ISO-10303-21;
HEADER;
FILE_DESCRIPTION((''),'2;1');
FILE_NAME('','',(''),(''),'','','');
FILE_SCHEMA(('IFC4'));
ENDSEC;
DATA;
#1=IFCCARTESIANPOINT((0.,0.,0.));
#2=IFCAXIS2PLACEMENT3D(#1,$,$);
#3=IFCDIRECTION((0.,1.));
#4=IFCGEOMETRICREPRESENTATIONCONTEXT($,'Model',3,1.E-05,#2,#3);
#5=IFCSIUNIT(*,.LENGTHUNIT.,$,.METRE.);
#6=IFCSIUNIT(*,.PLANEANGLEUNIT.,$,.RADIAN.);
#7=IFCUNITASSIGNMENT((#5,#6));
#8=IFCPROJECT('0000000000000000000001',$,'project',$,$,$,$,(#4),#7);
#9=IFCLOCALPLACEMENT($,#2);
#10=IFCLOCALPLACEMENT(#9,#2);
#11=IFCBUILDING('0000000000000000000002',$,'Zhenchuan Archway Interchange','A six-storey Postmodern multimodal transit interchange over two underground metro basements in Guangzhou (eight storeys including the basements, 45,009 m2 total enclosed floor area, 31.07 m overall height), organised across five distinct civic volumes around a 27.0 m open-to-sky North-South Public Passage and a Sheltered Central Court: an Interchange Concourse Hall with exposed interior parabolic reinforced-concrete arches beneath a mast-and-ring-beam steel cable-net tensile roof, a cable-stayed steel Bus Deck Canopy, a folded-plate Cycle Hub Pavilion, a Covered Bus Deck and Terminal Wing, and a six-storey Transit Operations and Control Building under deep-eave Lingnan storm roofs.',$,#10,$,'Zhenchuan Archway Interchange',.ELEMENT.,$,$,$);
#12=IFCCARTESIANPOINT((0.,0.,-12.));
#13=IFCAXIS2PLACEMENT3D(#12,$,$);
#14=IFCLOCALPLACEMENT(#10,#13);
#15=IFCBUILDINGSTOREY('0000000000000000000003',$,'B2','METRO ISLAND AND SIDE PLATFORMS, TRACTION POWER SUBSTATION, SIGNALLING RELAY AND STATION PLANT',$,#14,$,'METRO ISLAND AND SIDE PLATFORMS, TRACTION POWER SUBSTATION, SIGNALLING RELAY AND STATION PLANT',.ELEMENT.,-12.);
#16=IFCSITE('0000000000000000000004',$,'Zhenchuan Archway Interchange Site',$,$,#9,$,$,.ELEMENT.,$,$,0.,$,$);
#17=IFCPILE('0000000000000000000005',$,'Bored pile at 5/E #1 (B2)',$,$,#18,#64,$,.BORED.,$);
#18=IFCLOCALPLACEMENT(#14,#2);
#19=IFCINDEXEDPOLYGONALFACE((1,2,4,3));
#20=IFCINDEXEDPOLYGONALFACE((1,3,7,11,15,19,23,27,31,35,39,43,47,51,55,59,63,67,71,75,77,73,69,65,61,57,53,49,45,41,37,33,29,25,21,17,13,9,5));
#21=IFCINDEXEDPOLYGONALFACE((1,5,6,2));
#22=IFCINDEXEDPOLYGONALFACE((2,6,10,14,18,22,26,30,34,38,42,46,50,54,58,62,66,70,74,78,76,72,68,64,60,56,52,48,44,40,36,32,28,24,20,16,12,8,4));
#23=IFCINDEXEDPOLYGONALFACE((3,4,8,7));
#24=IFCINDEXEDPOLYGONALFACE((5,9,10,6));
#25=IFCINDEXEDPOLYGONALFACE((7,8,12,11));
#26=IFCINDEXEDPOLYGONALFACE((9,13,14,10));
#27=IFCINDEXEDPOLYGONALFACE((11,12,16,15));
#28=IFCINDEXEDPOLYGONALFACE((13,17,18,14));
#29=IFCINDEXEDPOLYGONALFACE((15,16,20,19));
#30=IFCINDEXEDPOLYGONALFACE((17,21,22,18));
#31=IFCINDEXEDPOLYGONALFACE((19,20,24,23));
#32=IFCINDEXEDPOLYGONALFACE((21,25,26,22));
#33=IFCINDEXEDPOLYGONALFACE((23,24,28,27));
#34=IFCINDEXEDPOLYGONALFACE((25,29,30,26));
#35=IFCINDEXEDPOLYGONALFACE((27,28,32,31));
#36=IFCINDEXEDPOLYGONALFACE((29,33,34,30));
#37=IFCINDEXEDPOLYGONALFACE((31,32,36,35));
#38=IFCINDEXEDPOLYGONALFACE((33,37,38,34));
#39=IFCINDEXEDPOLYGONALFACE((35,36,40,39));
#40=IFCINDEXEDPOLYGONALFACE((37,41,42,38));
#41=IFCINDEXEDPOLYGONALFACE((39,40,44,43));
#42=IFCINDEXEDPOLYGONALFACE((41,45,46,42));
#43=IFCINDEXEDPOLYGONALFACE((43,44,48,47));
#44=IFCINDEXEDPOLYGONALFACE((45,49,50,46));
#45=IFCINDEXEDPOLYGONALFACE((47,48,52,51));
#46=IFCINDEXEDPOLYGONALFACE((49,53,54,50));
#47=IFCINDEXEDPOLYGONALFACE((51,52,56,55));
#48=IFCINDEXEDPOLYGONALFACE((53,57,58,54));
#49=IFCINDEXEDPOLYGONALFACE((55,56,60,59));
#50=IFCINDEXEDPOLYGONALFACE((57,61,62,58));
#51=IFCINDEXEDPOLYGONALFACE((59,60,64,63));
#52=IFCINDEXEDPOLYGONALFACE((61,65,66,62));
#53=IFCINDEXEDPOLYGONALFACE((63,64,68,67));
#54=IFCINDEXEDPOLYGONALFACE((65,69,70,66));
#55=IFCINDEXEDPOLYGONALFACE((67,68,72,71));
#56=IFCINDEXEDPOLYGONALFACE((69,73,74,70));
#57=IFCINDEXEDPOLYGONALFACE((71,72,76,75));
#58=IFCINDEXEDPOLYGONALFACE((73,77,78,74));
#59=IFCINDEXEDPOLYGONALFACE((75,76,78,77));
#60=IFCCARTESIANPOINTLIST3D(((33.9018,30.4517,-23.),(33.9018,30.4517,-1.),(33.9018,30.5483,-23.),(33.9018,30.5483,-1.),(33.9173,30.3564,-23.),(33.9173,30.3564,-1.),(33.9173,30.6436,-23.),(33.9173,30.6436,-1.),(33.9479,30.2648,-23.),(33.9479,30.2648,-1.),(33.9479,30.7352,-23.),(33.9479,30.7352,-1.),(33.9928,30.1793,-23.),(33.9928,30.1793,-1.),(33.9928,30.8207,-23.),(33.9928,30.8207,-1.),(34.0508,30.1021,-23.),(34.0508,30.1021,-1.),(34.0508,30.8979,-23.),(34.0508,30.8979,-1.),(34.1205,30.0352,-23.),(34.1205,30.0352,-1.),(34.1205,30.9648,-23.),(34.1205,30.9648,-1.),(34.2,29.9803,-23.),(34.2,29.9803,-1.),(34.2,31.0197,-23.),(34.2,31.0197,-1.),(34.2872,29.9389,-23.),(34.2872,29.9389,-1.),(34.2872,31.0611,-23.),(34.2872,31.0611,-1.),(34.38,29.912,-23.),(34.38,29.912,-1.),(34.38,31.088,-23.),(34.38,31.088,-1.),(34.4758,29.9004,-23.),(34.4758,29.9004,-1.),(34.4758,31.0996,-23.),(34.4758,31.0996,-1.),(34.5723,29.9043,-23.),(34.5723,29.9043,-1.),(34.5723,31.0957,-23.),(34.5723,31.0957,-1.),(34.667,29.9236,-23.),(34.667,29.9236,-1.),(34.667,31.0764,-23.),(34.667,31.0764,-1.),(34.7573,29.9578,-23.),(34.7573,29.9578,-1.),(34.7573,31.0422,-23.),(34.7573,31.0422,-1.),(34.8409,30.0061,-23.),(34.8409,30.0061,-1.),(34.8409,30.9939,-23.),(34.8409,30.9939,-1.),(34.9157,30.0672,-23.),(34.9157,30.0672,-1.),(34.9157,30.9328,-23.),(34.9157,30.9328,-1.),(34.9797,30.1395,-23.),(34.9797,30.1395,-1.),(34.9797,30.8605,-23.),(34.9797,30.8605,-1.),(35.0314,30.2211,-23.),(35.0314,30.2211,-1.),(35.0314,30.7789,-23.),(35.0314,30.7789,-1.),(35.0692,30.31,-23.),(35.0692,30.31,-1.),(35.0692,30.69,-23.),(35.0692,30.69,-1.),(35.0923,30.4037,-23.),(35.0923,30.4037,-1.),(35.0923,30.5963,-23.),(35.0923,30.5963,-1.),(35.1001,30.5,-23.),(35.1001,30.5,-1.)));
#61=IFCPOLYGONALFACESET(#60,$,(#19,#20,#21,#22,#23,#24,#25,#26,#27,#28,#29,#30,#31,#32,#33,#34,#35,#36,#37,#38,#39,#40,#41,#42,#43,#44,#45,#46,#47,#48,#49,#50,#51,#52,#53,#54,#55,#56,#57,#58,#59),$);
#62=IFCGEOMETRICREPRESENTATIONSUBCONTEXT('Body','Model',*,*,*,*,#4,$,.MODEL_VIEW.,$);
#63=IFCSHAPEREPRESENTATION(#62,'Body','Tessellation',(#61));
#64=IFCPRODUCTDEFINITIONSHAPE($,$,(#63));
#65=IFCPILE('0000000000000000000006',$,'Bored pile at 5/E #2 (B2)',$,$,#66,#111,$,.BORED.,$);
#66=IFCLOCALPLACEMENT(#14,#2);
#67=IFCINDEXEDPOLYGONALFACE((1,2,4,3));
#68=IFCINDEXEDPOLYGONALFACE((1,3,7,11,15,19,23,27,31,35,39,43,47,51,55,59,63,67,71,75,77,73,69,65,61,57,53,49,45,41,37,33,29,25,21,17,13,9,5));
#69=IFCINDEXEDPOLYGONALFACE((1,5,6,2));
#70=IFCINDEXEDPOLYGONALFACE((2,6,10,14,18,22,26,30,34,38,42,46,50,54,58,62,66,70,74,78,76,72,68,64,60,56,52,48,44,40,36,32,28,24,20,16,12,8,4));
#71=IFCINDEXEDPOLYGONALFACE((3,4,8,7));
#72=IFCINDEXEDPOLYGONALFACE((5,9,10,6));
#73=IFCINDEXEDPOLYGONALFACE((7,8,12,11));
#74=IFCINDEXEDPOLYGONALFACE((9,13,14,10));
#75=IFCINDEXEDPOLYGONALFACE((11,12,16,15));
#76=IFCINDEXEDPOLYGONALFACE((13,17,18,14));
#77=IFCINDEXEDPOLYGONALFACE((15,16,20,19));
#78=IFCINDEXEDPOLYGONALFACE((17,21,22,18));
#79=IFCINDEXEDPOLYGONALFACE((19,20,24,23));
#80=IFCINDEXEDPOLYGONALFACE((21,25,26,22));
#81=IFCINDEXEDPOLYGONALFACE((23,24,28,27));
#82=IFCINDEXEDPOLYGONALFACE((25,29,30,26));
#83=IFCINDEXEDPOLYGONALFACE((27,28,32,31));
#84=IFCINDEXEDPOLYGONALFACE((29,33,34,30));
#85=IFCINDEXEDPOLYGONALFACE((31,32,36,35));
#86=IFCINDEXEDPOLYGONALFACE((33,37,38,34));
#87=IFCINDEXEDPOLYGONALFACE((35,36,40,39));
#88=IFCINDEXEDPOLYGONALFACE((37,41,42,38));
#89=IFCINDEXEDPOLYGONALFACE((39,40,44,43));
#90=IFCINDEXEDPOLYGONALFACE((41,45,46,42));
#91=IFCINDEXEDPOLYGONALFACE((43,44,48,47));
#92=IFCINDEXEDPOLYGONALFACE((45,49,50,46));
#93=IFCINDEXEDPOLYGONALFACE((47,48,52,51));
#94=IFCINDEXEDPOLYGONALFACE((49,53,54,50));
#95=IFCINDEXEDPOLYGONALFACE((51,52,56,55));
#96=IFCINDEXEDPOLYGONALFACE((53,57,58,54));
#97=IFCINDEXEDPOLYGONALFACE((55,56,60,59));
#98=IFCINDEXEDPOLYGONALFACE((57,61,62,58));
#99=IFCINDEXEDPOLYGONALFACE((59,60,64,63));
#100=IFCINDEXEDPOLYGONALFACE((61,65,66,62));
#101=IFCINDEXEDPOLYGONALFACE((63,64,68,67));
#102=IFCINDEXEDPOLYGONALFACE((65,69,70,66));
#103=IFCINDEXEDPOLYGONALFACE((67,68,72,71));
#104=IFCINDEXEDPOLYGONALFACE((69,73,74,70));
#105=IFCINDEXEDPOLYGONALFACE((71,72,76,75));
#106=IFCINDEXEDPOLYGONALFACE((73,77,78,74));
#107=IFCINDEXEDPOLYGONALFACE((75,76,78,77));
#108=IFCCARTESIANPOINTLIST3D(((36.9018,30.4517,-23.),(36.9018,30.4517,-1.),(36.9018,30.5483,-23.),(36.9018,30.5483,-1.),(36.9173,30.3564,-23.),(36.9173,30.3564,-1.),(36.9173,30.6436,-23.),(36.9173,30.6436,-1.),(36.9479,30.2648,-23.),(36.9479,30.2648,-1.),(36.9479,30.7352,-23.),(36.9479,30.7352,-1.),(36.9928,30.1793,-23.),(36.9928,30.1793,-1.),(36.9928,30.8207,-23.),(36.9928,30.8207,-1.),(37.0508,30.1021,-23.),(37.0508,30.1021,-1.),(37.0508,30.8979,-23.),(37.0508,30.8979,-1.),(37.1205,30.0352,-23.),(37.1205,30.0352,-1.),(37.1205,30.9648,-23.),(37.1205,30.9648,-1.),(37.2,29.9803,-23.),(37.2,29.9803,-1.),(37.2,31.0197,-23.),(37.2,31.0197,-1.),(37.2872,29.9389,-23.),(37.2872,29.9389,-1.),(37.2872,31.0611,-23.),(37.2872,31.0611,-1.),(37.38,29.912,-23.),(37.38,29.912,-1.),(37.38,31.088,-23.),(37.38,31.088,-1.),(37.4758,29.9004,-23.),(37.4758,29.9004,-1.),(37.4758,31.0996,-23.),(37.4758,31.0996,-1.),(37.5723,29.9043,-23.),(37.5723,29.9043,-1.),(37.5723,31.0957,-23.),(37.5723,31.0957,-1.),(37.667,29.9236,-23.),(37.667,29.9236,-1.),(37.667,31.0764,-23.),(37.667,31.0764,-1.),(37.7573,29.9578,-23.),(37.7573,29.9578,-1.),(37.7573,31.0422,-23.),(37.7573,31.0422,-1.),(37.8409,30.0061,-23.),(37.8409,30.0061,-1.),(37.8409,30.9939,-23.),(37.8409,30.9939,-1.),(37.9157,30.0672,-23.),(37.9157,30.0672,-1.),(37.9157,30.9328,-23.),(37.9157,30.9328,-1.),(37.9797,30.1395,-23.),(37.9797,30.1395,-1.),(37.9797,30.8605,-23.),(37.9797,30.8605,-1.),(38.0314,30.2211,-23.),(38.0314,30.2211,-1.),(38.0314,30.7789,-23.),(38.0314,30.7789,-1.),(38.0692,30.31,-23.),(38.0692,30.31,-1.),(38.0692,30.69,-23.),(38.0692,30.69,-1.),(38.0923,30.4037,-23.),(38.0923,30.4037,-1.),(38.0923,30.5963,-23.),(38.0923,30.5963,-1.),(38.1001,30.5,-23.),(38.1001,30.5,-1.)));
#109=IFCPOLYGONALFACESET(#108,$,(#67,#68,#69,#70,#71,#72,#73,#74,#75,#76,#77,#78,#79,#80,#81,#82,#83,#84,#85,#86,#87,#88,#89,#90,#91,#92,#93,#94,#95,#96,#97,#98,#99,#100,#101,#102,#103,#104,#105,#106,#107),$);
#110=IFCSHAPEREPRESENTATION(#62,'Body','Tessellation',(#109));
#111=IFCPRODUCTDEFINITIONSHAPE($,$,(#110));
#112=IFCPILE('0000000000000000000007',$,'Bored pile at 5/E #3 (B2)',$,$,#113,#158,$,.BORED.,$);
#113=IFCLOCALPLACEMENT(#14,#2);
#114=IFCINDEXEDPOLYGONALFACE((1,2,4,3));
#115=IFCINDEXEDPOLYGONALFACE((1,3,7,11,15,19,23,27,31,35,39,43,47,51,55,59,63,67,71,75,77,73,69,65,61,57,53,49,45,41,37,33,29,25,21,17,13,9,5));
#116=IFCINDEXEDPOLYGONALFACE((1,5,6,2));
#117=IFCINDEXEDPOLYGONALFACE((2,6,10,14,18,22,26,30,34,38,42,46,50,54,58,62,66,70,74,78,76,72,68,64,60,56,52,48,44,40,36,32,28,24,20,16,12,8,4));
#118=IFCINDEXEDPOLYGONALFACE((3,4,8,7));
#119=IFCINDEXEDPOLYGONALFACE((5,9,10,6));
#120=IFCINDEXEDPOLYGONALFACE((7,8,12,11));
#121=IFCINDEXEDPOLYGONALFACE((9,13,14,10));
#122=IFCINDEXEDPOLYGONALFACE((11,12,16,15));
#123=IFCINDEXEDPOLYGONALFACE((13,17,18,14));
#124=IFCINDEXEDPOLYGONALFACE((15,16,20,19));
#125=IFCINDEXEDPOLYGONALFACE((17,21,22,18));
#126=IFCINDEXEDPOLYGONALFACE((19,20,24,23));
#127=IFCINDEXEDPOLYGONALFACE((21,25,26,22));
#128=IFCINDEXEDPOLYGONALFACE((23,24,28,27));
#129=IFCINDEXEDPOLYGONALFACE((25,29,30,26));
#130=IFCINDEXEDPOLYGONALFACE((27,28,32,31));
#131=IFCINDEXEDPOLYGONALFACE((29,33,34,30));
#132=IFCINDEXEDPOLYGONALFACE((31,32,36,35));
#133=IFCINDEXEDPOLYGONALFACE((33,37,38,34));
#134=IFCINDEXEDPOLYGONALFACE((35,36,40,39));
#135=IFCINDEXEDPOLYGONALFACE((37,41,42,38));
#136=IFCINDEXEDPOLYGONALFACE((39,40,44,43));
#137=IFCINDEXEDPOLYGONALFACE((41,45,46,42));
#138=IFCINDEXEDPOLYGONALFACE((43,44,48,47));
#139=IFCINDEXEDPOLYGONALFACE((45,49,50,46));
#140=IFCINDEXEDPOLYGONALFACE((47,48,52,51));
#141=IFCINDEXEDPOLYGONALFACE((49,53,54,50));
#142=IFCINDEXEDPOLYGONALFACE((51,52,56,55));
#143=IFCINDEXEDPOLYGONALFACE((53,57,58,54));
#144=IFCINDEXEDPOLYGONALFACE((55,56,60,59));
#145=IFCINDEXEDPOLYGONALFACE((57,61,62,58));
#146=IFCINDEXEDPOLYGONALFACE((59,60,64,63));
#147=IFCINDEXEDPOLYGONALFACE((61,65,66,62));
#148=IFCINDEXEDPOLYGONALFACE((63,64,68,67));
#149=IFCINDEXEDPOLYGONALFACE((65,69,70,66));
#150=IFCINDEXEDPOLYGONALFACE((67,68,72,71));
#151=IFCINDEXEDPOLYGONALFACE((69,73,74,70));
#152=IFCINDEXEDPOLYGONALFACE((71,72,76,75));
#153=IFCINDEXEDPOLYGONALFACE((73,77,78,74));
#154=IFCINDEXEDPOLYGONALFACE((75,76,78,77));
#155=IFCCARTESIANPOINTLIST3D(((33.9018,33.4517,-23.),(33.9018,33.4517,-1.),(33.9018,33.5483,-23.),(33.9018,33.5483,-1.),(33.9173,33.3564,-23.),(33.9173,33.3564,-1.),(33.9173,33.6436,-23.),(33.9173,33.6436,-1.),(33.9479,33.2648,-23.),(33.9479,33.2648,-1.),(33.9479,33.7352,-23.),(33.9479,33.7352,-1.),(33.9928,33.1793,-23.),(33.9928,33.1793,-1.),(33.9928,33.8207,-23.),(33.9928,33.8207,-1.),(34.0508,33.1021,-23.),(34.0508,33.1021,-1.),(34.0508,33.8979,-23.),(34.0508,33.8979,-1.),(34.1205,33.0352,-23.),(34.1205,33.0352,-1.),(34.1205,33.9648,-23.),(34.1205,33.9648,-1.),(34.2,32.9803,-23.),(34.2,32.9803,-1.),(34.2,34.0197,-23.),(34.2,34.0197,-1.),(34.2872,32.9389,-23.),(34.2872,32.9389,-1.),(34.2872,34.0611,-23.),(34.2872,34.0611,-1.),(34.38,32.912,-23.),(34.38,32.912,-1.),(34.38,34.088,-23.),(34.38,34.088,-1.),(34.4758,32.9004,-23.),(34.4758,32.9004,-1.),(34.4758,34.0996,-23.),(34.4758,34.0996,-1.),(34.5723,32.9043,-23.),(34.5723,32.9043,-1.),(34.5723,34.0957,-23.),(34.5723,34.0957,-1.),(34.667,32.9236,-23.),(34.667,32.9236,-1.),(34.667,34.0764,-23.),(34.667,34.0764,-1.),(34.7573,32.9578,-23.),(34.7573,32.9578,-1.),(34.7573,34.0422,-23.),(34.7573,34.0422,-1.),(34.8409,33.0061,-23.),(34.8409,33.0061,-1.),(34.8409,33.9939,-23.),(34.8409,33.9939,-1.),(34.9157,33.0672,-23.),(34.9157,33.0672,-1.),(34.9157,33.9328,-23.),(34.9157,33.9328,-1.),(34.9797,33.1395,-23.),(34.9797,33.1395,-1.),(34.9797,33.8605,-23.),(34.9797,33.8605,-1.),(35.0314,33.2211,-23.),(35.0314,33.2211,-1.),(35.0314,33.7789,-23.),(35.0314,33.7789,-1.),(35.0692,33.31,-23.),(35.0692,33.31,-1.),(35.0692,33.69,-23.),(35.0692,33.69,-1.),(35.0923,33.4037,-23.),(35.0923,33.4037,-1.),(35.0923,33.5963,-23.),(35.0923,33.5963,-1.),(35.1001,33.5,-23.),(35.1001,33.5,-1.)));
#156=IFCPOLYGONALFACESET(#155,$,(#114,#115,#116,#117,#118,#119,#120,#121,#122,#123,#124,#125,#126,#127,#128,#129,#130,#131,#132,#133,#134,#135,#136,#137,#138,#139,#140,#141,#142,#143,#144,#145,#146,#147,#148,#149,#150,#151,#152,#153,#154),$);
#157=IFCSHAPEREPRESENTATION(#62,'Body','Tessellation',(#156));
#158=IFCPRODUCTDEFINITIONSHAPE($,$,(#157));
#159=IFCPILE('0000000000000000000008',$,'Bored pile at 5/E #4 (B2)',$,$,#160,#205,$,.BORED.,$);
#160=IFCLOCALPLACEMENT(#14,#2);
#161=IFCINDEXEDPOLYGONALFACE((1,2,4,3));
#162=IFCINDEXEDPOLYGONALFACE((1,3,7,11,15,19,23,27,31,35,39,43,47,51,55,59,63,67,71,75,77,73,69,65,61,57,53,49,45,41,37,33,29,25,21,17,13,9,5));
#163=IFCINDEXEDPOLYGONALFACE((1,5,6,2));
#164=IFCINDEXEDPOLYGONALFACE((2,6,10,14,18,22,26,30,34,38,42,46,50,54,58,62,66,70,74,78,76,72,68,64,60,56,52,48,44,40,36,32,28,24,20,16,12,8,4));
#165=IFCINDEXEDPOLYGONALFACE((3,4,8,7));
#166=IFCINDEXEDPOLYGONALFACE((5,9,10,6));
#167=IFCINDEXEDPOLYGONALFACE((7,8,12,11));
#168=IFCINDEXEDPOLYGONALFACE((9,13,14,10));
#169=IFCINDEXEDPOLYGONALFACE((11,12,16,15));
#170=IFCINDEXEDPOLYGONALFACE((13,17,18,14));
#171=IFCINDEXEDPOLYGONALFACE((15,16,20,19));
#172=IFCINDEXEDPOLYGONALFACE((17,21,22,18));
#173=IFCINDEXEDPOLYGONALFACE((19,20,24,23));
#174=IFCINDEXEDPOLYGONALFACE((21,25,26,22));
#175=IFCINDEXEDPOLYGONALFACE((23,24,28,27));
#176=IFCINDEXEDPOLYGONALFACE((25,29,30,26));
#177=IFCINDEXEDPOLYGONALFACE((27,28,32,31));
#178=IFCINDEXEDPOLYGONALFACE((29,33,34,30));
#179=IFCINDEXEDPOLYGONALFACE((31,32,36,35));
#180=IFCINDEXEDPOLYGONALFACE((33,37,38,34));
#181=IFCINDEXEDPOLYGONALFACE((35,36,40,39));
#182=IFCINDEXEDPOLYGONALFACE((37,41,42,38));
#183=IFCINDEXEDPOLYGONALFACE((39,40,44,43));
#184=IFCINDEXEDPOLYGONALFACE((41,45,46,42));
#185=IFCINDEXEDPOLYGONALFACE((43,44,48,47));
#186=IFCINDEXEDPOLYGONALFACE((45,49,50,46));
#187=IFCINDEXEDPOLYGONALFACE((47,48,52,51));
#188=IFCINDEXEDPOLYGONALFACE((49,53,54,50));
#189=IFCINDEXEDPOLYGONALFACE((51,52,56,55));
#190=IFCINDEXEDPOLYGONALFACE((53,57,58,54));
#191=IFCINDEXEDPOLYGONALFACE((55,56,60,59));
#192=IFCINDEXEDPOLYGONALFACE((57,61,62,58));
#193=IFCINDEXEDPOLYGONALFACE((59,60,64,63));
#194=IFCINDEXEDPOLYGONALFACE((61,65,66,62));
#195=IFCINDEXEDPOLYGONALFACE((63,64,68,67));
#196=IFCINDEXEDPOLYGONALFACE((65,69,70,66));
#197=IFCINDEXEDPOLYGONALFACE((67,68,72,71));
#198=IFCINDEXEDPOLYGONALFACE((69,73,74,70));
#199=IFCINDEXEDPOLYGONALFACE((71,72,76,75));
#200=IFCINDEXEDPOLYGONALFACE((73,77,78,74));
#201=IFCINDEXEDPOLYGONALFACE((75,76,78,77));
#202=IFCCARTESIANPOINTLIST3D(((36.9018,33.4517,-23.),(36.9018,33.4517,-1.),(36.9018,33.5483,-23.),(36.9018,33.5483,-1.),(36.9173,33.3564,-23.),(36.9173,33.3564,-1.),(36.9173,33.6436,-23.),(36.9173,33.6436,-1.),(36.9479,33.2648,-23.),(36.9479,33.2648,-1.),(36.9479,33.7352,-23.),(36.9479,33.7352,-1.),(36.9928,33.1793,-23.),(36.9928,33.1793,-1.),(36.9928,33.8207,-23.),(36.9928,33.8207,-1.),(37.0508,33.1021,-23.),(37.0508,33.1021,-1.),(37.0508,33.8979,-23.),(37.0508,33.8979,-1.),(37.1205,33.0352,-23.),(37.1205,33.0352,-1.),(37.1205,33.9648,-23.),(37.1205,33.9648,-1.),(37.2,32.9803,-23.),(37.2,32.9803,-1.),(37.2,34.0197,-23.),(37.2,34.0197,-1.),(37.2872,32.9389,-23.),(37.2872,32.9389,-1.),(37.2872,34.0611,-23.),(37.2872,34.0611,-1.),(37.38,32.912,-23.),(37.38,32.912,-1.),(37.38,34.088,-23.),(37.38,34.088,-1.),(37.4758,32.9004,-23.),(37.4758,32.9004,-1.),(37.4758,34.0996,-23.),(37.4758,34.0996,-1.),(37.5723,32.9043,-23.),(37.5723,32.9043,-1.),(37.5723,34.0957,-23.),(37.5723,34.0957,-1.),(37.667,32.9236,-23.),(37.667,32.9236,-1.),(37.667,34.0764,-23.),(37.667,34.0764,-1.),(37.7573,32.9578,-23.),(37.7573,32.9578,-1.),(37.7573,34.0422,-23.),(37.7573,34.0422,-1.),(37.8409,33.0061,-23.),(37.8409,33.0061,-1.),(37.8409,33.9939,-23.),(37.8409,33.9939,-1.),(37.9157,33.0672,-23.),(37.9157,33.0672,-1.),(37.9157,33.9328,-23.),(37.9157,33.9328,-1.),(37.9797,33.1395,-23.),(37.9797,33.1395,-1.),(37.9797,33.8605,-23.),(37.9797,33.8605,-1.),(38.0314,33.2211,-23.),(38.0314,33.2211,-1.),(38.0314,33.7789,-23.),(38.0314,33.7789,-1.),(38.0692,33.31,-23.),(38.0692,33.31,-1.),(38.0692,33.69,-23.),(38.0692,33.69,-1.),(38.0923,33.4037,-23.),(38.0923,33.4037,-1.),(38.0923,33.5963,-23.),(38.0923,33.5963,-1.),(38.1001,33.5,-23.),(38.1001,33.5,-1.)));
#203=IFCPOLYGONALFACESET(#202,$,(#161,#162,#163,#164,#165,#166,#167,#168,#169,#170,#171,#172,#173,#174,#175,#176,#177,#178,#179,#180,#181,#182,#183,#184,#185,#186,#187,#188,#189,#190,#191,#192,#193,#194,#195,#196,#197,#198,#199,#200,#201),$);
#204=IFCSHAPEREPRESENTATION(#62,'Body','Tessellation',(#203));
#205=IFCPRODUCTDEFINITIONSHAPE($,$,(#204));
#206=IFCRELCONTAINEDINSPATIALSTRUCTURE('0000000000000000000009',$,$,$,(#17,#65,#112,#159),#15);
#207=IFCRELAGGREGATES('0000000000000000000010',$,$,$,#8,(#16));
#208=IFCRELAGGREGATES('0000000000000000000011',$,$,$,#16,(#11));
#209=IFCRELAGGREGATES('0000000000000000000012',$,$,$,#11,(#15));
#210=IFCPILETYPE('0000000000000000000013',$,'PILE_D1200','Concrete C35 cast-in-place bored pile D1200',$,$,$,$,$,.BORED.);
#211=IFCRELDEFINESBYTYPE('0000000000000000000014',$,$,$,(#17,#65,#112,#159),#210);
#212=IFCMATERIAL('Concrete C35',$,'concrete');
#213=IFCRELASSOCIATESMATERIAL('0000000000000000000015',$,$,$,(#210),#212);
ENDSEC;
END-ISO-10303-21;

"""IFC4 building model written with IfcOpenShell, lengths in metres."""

from ifc_helpers import new_model, si_unit, direction, frame, origin, origin_2d, place, context, subcontext, project, spatial, circle, extrude, material, material_profile, profile_set, type_object, element, save


model = new_model("IFC4")

# Units and contexts
model_context = context("Model", 3, precision=1e-05, world=origin(), true_north=direction((0.0, 1.0)))
body_context = subcontext(model_context, "Body", "Model", "MODEL_VIEW")
ifc_project = project(units=[si_unit("LENGTHUNIT", "METRE"), si_unit("PLANEANGLEUNIT", "RADIAN")], contexts=[model_context])

# Site, building, storey
site_placement = place(None, origin())
site = spatial("IfcSite", under=ifc_project, at=site_placement, Name="Zhenchuan Archway Interchange Site", CompositionType="ELEMENT", RefElevation=0.0)
building_placement = place(site_placement, origin())
building = spatial("IfcBuilding", under=site, at=building_placement, Name="Zhenchuan Archway Interchange", Description="A six-storey Postmodern multimodal transit interchange over two underground metro basements in Guangzhou (eight storeys including the basements, 45,009 m2 total enclosed floor area, 31.07 m overall height), organised across five distinct civic volumes around a 27.0 m open-to-sky North-South Public Passage and a Sheltered Central Court: an Interchange Concourse Hall with exposed interior parabolic reinforced-concrete arches beneath a mast-and-ring-beam steel cable-net tensile roof, a cable-stayed steel Bus Deck Canopy, a folded-plate Cycle Hub Pavilion, a Covered Bus Deck and Terminal Wing, and a six-storey Transit Operations and Control Building under deep-eave Lingnan storm roofs.", LongName="Zhenchuan Archway Interchange", CompositionType="ELEMENT")
storey_placement = place(building_placement, frame((0.0, 0.0, -12.0)))
storey = spatial("IfcBuildingStorey", under=building, at=storey_placement, Name="B2", Description="METRO ISLAND AND SIDE PLATFORMS, TRACTION POWER SUBSTATION, SIGNALLING RELAY AND STATION PLANT", LongName="METRO ISLAND AND SIDE PLATFORMS, TRACTION POWER SUBSTATION, SIGNALLING RELAY AND STATION PLANT", CompositionType="ELEMENT", Elevation=-12.0)

# Piles
ifc_material_1 = material(Name="Concrete C35", Category="concrete")
ifc_material_profile_1 = material_profile(ifc_material_1, circle(Radius=0.6001, at=origin_2d()), Name="BORED PILE 1200")
ifc_profile_set_1 = profile_set([ifc_material_profile_1], Name="Concrete C35")
pile_type_1 = type_object("IfcPileType", Name="PILE_D1200", Description="Concrete C35 cast-in-place bored pile D1200", PredefinedType="BORED", material=ifc_profile_set_1)
for number, where, z_axis, x_axis, name in (
    (1, (34.5, 30.5, -1.0), (0.0, 0.0, -1.0), (1.0, 0.0, 0.0), "Bored pile at 5/E #1 (B2)"),
    (2, (37.5, 30.5, -1.0), (0.0, 0.0, -1.0), (1.0, 0.0, 0.0), "Bored pile at 5/E #2 (B2)"),
    (3, (34.5, 33.5, -1.0), (0.0, 0.0, -1.0), (1.0, 0.0, 0.0), "Bored pile at 5/E #3 (B2)"),
    (4, (37.5, 33.5, -1.0), (0.0, 0.0, -1.0), (1.0, 0.0, 0.0), "Bored pile at 5/E #4 (B2)"),
):
    element("IfcPile", number, at=place(storey_placement, frame(where, z_axis=z_axis, x_axis=x_axis)), inside=storey, type_object=pile_type_1, Name=name, PredefinedType="BORED", context=body_context, shape_type="SweptSolid", body=[
        extrude(circle(Radius=0.6001, at=origin_2d()), origin(), (0.0, 0.0, 1.0), 22.0),
    ])

save(model, "model.ifc")
